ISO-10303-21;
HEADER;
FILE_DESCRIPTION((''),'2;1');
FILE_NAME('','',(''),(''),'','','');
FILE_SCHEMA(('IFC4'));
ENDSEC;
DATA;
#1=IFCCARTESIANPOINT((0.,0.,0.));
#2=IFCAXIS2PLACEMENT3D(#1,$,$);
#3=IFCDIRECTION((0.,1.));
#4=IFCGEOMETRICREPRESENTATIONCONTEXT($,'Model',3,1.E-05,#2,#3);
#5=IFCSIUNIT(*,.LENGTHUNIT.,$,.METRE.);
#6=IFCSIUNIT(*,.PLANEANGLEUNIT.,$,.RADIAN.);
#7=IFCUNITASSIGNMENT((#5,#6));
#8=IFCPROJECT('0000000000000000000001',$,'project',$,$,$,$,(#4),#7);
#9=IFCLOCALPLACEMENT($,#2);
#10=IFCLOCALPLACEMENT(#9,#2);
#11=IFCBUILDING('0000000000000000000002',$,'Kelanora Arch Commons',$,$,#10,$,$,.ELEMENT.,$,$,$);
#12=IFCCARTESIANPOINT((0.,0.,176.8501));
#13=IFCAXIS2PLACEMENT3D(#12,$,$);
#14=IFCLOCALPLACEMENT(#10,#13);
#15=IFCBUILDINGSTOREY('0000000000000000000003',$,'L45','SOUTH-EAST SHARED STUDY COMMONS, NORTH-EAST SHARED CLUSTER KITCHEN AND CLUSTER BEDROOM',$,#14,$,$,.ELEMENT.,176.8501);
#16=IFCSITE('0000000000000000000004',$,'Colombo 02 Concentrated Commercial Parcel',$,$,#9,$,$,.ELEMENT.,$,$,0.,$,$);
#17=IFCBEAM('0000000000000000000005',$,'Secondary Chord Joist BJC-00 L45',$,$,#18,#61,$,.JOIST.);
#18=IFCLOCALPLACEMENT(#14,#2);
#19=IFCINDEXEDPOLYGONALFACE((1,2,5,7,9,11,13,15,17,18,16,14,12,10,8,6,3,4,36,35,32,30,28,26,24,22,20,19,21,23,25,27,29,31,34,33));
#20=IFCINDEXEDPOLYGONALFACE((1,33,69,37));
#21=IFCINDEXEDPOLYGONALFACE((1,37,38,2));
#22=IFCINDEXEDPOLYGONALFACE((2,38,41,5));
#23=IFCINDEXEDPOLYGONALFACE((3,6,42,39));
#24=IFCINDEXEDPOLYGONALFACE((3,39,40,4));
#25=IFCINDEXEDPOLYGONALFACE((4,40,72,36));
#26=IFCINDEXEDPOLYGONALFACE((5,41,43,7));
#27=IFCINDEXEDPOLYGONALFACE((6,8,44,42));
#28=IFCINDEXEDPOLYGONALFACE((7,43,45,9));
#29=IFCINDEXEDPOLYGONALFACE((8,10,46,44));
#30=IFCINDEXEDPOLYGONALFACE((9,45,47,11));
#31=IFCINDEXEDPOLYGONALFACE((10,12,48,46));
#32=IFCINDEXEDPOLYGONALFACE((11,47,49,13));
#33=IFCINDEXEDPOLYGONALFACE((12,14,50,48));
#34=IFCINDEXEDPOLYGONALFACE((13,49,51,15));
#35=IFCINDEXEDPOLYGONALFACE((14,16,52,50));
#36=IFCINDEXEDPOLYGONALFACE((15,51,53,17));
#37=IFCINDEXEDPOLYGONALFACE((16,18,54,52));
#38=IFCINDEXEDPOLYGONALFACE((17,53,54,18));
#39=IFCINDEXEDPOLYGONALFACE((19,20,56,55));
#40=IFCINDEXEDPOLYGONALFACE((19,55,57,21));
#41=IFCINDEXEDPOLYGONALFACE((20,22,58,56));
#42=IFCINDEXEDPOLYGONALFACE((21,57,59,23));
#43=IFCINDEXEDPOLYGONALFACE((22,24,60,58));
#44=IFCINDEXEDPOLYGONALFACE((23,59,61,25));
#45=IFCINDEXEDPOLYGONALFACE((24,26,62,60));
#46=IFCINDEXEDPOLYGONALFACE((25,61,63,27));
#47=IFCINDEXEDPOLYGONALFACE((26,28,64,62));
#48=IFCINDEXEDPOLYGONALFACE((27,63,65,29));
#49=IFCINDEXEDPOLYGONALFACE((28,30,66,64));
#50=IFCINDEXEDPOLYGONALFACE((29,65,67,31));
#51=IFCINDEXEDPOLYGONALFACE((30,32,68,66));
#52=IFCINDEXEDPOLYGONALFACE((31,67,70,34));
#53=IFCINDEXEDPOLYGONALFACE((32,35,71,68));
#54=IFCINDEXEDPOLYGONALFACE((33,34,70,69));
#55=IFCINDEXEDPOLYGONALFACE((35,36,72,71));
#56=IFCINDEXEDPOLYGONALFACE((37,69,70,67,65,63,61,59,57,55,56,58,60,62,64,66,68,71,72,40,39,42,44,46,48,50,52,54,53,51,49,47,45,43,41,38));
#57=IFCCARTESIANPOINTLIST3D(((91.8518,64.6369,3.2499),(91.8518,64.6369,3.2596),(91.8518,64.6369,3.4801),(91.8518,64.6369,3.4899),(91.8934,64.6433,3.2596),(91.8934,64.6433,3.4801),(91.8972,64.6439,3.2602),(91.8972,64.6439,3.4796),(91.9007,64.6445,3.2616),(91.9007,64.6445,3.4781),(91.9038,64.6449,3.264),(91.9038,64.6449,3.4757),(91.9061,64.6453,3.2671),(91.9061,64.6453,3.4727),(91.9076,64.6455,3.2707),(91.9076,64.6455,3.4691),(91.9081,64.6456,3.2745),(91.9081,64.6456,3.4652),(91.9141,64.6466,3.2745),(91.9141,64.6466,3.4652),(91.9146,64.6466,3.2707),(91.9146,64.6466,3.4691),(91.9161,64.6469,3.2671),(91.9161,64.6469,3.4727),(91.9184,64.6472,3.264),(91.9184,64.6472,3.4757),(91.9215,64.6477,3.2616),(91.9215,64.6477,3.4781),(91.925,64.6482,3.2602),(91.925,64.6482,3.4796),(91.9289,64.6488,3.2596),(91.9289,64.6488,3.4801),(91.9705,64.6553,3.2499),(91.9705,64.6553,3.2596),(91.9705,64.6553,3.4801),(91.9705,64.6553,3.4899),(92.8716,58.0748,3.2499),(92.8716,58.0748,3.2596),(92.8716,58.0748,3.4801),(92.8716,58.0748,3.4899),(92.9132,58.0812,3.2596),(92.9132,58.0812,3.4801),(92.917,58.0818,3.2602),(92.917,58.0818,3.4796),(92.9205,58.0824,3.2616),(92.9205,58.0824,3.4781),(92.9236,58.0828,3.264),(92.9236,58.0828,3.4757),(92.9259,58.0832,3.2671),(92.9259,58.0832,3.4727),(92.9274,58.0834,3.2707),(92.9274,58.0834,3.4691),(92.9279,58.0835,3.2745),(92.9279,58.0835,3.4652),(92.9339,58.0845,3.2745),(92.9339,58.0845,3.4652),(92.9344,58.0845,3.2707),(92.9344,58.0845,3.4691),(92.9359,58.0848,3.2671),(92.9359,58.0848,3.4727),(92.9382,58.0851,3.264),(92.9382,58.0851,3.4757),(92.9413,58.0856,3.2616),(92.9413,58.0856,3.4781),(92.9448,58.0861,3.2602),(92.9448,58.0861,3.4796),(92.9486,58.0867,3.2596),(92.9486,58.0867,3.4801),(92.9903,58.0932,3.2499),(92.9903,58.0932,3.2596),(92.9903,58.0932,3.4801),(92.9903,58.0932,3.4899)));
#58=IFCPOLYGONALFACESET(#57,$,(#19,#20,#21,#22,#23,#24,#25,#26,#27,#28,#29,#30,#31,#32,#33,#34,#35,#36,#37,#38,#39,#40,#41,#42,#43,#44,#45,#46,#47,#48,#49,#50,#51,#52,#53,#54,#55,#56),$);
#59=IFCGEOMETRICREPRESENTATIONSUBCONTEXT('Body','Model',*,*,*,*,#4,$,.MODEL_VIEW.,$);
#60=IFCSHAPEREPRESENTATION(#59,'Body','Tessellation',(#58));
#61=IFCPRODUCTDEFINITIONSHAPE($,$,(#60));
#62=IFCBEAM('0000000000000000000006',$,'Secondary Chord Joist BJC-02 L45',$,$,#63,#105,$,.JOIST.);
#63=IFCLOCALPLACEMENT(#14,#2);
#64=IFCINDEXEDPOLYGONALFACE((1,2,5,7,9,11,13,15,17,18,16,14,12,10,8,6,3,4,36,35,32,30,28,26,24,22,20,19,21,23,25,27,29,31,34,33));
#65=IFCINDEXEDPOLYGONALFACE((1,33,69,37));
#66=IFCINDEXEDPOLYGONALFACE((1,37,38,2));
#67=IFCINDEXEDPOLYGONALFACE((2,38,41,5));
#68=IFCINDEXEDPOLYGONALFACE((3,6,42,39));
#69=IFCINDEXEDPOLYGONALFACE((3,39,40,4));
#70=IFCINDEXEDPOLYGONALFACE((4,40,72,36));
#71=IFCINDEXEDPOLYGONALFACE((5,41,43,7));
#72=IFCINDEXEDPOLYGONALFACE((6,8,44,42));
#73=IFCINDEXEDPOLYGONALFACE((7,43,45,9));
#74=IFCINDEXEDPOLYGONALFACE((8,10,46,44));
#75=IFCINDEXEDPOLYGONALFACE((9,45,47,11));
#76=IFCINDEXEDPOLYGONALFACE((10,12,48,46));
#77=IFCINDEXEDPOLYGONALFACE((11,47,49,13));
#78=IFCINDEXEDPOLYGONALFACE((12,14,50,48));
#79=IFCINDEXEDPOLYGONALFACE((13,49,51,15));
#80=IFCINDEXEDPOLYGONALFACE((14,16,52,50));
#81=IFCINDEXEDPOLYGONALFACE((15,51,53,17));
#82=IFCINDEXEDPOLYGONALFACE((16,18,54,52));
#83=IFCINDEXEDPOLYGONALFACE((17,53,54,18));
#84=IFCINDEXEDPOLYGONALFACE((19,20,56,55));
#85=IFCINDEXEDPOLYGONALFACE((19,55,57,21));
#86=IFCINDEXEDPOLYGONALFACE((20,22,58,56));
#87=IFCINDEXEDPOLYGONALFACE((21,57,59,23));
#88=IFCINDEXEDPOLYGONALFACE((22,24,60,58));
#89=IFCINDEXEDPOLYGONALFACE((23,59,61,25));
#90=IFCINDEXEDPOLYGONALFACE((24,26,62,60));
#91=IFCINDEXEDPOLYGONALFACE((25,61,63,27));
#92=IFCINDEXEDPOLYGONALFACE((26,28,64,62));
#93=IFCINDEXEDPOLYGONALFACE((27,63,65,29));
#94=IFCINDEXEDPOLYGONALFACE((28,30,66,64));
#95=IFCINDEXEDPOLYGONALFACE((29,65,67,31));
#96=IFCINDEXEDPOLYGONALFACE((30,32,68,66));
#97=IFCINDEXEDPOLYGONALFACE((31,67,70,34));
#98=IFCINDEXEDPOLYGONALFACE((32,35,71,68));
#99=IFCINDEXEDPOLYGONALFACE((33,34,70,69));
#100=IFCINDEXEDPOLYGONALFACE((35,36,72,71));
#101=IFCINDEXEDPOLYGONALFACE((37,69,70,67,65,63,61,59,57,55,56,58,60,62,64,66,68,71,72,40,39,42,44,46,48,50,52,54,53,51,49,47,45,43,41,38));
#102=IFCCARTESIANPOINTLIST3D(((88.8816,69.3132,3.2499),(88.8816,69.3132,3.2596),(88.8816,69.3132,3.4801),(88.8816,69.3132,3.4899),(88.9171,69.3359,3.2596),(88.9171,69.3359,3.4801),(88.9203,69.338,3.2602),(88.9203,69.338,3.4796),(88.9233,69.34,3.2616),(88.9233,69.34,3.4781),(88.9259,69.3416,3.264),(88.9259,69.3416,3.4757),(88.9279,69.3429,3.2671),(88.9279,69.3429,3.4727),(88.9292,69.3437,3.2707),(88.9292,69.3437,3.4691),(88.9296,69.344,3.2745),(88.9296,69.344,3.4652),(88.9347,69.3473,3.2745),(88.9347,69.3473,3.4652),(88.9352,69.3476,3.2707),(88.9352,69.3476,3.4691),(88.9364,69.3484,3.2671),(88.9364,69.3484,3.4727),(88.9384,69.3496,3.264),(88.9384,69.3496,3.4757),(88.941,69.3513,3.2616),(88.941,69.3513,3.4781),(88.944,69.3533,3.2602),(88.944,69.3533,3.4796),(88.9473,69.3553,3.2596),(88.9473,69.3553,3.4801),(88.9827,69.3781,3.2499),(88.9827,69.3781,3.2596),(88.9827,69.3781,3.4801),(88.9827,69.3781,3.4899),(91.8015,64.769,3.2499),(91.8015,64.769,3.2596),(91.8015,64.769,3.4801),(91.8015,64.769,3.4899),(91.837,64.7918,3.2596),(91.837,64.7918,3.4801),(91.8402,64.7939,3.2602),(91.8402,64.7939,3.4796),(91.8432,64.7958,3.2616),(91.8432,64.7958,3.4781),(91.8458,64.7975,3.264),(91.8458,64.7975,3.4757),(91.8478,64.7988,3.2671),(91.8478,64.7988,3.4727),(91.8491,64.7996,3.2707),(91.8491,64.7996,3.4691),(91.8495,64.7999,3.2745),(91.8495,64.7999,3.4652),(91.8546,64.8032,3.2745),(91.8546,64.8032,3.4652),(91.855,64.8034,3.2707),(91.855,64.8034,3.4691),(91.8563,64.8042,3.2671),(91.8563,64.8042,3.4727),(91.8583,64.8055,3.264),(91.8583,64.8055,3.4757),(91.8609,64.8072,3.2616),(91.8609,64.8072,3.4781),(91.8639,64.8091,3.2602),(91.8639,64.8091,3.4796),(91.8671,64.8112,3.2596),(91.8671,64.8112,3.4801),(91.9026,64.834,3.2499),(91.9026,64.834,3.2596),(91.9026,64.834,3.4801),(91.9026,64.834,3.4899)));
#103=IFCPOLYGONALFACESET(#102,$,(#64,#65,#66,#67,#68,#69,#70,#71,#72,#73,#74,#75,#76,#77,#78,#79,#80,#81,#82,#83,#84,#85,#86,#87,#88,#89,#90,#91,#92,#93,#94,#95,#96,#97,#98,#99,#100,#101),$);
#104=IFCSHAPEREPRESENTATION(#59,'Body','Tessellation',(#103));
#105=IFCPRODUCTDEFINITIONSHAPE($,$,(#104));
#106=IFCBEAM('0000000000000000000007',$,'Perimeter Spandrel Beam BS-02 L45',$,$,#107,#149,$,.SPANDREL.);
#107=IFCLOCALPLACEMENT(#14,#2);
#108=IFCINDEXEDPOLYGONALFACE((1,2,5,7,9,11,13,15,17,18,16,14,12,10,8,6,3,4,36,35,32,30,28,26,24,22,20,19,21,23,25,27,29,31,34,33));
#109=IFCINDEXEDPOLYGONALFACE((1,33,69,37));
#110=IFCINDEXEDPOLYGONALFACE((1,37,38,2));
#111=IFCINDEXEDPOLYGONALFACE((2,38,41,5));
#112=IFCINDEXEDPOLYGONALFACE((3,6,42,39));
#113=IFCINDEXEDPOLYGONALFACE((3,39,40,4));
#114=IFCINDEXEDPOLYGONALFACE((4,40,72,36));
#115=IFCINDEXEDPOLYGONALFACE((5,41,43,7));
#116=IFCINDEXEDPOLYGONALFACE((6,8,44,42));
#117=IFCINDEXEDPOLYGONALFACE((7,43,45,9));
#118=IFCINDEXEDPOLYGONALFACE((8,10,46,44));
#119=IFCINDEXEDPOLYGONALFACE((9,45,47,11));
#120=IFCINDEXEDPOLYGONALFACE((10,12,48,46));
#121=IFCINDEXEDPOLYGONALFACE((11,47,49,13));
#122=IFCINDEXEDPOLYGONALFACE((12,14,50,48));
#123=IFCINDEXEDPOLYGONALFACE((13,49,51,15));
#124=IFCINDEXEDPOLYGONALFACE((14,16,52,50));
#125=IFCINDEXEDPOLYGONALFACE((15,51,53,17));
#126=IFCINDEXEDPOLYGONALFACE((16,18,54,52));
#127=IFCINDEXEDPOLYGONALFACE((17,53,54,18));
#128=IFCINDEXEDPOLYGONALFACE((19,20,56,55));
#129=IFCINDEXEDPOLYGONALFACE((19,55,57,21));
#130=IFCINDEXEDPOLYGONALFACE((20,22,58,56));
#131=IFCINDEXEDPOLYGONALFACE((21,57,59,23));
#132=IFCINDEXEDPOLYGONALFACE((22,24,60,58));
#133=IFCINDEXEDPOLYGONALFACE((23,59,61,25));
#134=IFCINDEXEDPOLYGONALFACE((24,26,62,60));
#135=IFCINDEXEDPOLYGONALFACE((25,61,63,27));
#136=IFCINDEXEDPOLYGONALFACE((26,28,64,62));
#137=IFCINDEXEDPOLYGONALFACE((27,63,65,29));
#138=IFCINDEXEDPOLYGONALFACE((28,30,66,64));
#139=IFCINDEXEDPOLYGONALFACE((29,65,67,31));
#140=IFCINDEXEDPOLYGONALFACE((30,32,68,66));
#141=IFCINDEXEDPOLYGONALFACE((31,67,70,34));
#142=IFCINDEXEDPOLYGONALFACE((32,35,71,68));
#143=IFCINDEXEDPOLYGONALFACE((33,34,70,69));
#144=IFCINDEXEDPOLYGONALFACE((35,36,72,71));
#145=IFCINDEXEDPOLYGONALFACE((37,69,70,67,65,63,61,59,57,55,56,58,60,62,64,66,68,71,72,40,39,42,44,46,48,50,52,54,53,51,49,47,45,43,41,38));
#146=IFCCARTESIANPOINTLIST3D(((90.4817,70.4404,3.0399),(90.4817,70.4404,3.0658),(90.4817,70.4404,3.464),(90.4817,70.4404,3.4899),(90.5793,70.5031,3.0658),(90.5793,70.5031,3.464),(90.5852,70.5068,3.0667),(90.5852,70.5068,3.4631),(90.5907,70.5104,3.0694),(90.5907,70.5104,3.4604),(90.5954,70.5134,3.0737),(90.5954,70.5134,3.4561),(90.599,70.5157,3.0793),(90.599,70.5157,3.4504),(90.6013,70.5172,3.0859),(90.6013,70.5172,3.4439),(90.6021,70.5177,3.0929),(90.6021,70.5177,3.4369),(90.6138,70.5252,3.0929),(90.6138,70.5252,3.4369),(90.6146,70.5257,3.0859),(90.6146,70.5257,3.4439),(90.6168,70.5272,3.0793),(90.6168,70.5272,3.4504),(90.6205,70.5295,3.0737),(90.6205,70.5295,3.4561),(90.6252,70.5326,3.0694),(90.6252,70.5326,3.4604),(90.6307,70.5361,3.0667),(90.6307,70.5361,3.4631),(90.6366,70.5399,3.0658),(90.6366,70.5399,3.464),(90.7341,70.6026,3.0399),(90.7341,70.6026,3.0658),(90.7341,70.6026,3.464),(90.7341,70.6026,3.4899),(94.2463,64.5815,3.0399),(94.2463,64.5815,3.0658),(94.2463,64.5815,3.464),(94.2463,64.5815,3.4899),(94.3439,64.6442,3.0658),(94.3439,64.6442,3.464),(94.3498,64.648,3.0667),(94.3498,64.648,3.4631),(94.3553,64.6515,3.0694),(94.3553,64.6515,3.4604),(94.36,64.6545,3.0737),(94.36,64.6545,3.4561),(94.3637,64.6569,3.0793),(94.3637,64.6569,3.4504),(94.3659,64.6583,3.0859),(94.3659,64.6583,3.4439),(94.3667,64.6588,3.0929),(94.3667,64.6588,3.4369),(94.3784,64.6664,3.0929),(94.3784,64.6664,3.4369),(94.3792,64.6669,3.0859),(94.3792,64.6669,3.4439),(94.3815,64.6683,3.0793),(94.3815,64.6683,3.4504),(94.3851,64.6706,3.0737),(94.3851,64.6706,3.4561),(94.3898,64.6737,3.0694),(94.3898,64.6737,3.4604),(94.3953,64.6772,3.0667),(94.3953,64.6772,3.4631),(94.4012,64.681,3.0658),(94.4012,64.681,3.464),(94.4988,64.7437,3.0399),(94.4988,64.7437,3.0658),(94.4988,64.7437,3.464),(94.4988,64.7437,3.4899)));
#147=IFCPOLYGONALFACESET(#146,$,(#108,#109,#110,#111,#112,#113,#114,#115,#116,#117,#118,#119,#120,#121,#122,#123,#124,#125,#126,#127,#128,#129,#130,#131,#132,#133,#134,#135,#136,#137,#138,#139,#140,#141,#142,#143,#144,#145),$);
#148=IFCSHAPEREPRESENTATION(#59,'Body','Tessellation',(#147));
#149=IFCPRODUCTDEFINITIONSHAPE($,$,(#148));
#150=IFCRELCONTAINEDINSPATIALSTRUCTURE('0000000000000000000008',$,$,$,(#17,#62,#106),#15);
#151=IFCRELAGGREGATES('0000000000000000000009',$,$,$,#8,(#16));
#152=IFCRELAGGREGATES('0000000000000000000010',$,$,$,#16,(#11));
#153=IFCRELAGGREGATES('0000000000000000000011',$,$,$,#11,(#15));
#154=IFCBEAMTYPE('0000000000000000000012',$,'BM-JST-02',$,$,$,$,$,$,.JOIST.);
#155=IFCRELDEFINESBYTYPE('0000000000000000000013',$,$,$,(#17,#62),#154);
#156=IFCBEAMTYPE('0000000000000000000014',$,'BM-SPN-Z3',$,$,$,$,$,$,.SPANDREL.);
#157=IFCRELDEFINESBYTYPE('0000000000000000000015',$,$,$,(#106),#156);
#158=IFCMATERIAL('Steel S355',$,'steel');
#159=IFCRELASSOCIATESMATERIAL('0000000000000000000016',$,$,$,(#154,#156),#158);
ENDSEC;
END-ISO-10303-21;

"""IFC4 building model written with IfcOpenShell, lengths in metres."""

from ifc_helpers import new_model, si_unit, direction, frame, origin, origin_2d, place, context, subcontext, project, spatial, i_section, extrude, material, material_profile, profile_set, type_object, element, save


model = new_model("IFC4")

# Units and contexts
model_context = context("Model", 3, precision=1e-05, world=origin(), true_north=direction((0.0, 1.0)))
body_context = subcontext(model_context, "Body", "Model", "MODEL_VIEW")
ifc_project = project(units=[si_unit("LENGTHUNIT", "METRE"), si_unit("PLANEANGLEUNIT", "RADIAN")], contexts=[model_context])

# Site, building, storey
site_placement = place(None, origin())
site = spatial("IfcSite", under=ifc_project, at=site_placement, Name="Colombo 02 Concentrated Commercial Parcel", CompositionType="ELEMENT", RefElevation=0.0)
building_placement = place(site_placement, origin())
building = spatial("IfcBuilding", under=site, at=building_placement, Name="Kelanora Arch Commons", CompositionType="ELEMENT")
storey_placement = place(building_placement, frame((0.0, 0.0, 176.8501)))
storey = spatial("IfcBuildingStorey", under=building, at=storey_placement, Name="L45", Description="SOUTH-EAST SHARED STUDY COMMONS, NORTH-EAST SHARED CLUSTER KITCHEN AND CLUSTER BEDROOM", CompositionType="ELEMENT", Elevation=176.8501)

# Beams
ifc_material_1 = material(Name="Steel S355", Category="steel")
ifc_material_profile_1 = material_profile(ifc_material_1, i_section(OverallWidth=0.1201, OverallDepth=0.24, WebThickness=0.0061, FlangeThickness=0.0098, FilletRadius=0.0149, at=origin_2d()), Name="IPE240")
ifc_profile_set_1 = profile_set([ifc_material_profile_1], Name="Steel S355")
beam_type_1 = type_object("IfcBeamType", Name="BM-JST-02", PredefinedType="JOIST", material=ifc_profile_set_1)
beam_1_placement = place(storey_placement, frame((92.9309, 58.084, 3.3699), z_axis=(-0.153563, 0.988139, 0.0), x_axis=(-0.988139, -0.153563, 0.0)))
element("IfcBeam", 1, at=beam_1_placement, inside=storey, type_object=beam_type_1, Name="Secondary Chord Joist BJC-00 L45", PredefinedType="JOIST", context=body_context, shape_type="SweptSolid", body=[
    extrude(i_section(OverallWidth=0.1201, OverallDepth=0.24, WebThickness=0.0061, FlangeThickness=0.0098, FilletRadius=0.0149, at=origin_2d()), origin(), (0.0, 0.0, 1.0), 6.6409),
])
beam_2_placement = place(storey_placement, frame((91.8521, 64.8015, 3.3699), z_axis=(-0.540582, 0.841292, 0.0), x_axis=(-0.841292, -0.540582, 0.0)))
element("IfcBeam", 2, at=beam_2_placement, inside=storey, type_object=beam_type_1, Name="Secondary Chord Joist BJC-02 L45", PredefinedType="JOIST", context=body_context, shape_type="SweptSolid", body=[
    extrude(i_section(OverallWidth=0.1201, OverallDepth=0.24, WebThickness=0.0061, FlangeThickness=0.0098, FilletRadius=0.0149, at=origin_2d()), origin(), (0.0, 0.0, 1.0), 5.4014),
])
ifc_material_profile_2 = material_profile(ifc_material_1, i_section(OverallWidth=0.3, OverallDepth=0.45, WebThickness=0.0139, FlangeThickness=0.0259, FilletRadius=0.0271, at=origin_2d()), Name="HEB450")
ifc_profile_set_2 = profile_set([ifc_material_profile_2], Name="Steel S355")
beam_type_2 = type_object("IfcBeamType", Name="BM-SPN-Z3", PredefinedType="SPANDREL", material=ifc_profile_set_2)
beam_3_placement = place(storey_placement, frame((94.3726, 64.6626, 3.2649), z_axis=(-0.540577, 0.841295, 0.0), x_axis=(-0.841295, -0.540577, 0.0)))
element("IfcBeam", 3, at=beam_3_placement, inside=storey, type_object=beam_type_2, Name="Perimeter Spandrel Beam BS-02 L45", PredefinedType="SPANDREL", context=body_context, shape_type="SweptSolid", body=[
    extrude(i_section(OverallWidth=0.3, OverallDepth=0.45, WebThickness=0.0139, FlangeThickness=0.0259, FilletRadius=0.0271, at=origin_2d()), origin(), (0.0, 0.0, 1.0), 6.9641),
])

save(model, "model.ifc")
